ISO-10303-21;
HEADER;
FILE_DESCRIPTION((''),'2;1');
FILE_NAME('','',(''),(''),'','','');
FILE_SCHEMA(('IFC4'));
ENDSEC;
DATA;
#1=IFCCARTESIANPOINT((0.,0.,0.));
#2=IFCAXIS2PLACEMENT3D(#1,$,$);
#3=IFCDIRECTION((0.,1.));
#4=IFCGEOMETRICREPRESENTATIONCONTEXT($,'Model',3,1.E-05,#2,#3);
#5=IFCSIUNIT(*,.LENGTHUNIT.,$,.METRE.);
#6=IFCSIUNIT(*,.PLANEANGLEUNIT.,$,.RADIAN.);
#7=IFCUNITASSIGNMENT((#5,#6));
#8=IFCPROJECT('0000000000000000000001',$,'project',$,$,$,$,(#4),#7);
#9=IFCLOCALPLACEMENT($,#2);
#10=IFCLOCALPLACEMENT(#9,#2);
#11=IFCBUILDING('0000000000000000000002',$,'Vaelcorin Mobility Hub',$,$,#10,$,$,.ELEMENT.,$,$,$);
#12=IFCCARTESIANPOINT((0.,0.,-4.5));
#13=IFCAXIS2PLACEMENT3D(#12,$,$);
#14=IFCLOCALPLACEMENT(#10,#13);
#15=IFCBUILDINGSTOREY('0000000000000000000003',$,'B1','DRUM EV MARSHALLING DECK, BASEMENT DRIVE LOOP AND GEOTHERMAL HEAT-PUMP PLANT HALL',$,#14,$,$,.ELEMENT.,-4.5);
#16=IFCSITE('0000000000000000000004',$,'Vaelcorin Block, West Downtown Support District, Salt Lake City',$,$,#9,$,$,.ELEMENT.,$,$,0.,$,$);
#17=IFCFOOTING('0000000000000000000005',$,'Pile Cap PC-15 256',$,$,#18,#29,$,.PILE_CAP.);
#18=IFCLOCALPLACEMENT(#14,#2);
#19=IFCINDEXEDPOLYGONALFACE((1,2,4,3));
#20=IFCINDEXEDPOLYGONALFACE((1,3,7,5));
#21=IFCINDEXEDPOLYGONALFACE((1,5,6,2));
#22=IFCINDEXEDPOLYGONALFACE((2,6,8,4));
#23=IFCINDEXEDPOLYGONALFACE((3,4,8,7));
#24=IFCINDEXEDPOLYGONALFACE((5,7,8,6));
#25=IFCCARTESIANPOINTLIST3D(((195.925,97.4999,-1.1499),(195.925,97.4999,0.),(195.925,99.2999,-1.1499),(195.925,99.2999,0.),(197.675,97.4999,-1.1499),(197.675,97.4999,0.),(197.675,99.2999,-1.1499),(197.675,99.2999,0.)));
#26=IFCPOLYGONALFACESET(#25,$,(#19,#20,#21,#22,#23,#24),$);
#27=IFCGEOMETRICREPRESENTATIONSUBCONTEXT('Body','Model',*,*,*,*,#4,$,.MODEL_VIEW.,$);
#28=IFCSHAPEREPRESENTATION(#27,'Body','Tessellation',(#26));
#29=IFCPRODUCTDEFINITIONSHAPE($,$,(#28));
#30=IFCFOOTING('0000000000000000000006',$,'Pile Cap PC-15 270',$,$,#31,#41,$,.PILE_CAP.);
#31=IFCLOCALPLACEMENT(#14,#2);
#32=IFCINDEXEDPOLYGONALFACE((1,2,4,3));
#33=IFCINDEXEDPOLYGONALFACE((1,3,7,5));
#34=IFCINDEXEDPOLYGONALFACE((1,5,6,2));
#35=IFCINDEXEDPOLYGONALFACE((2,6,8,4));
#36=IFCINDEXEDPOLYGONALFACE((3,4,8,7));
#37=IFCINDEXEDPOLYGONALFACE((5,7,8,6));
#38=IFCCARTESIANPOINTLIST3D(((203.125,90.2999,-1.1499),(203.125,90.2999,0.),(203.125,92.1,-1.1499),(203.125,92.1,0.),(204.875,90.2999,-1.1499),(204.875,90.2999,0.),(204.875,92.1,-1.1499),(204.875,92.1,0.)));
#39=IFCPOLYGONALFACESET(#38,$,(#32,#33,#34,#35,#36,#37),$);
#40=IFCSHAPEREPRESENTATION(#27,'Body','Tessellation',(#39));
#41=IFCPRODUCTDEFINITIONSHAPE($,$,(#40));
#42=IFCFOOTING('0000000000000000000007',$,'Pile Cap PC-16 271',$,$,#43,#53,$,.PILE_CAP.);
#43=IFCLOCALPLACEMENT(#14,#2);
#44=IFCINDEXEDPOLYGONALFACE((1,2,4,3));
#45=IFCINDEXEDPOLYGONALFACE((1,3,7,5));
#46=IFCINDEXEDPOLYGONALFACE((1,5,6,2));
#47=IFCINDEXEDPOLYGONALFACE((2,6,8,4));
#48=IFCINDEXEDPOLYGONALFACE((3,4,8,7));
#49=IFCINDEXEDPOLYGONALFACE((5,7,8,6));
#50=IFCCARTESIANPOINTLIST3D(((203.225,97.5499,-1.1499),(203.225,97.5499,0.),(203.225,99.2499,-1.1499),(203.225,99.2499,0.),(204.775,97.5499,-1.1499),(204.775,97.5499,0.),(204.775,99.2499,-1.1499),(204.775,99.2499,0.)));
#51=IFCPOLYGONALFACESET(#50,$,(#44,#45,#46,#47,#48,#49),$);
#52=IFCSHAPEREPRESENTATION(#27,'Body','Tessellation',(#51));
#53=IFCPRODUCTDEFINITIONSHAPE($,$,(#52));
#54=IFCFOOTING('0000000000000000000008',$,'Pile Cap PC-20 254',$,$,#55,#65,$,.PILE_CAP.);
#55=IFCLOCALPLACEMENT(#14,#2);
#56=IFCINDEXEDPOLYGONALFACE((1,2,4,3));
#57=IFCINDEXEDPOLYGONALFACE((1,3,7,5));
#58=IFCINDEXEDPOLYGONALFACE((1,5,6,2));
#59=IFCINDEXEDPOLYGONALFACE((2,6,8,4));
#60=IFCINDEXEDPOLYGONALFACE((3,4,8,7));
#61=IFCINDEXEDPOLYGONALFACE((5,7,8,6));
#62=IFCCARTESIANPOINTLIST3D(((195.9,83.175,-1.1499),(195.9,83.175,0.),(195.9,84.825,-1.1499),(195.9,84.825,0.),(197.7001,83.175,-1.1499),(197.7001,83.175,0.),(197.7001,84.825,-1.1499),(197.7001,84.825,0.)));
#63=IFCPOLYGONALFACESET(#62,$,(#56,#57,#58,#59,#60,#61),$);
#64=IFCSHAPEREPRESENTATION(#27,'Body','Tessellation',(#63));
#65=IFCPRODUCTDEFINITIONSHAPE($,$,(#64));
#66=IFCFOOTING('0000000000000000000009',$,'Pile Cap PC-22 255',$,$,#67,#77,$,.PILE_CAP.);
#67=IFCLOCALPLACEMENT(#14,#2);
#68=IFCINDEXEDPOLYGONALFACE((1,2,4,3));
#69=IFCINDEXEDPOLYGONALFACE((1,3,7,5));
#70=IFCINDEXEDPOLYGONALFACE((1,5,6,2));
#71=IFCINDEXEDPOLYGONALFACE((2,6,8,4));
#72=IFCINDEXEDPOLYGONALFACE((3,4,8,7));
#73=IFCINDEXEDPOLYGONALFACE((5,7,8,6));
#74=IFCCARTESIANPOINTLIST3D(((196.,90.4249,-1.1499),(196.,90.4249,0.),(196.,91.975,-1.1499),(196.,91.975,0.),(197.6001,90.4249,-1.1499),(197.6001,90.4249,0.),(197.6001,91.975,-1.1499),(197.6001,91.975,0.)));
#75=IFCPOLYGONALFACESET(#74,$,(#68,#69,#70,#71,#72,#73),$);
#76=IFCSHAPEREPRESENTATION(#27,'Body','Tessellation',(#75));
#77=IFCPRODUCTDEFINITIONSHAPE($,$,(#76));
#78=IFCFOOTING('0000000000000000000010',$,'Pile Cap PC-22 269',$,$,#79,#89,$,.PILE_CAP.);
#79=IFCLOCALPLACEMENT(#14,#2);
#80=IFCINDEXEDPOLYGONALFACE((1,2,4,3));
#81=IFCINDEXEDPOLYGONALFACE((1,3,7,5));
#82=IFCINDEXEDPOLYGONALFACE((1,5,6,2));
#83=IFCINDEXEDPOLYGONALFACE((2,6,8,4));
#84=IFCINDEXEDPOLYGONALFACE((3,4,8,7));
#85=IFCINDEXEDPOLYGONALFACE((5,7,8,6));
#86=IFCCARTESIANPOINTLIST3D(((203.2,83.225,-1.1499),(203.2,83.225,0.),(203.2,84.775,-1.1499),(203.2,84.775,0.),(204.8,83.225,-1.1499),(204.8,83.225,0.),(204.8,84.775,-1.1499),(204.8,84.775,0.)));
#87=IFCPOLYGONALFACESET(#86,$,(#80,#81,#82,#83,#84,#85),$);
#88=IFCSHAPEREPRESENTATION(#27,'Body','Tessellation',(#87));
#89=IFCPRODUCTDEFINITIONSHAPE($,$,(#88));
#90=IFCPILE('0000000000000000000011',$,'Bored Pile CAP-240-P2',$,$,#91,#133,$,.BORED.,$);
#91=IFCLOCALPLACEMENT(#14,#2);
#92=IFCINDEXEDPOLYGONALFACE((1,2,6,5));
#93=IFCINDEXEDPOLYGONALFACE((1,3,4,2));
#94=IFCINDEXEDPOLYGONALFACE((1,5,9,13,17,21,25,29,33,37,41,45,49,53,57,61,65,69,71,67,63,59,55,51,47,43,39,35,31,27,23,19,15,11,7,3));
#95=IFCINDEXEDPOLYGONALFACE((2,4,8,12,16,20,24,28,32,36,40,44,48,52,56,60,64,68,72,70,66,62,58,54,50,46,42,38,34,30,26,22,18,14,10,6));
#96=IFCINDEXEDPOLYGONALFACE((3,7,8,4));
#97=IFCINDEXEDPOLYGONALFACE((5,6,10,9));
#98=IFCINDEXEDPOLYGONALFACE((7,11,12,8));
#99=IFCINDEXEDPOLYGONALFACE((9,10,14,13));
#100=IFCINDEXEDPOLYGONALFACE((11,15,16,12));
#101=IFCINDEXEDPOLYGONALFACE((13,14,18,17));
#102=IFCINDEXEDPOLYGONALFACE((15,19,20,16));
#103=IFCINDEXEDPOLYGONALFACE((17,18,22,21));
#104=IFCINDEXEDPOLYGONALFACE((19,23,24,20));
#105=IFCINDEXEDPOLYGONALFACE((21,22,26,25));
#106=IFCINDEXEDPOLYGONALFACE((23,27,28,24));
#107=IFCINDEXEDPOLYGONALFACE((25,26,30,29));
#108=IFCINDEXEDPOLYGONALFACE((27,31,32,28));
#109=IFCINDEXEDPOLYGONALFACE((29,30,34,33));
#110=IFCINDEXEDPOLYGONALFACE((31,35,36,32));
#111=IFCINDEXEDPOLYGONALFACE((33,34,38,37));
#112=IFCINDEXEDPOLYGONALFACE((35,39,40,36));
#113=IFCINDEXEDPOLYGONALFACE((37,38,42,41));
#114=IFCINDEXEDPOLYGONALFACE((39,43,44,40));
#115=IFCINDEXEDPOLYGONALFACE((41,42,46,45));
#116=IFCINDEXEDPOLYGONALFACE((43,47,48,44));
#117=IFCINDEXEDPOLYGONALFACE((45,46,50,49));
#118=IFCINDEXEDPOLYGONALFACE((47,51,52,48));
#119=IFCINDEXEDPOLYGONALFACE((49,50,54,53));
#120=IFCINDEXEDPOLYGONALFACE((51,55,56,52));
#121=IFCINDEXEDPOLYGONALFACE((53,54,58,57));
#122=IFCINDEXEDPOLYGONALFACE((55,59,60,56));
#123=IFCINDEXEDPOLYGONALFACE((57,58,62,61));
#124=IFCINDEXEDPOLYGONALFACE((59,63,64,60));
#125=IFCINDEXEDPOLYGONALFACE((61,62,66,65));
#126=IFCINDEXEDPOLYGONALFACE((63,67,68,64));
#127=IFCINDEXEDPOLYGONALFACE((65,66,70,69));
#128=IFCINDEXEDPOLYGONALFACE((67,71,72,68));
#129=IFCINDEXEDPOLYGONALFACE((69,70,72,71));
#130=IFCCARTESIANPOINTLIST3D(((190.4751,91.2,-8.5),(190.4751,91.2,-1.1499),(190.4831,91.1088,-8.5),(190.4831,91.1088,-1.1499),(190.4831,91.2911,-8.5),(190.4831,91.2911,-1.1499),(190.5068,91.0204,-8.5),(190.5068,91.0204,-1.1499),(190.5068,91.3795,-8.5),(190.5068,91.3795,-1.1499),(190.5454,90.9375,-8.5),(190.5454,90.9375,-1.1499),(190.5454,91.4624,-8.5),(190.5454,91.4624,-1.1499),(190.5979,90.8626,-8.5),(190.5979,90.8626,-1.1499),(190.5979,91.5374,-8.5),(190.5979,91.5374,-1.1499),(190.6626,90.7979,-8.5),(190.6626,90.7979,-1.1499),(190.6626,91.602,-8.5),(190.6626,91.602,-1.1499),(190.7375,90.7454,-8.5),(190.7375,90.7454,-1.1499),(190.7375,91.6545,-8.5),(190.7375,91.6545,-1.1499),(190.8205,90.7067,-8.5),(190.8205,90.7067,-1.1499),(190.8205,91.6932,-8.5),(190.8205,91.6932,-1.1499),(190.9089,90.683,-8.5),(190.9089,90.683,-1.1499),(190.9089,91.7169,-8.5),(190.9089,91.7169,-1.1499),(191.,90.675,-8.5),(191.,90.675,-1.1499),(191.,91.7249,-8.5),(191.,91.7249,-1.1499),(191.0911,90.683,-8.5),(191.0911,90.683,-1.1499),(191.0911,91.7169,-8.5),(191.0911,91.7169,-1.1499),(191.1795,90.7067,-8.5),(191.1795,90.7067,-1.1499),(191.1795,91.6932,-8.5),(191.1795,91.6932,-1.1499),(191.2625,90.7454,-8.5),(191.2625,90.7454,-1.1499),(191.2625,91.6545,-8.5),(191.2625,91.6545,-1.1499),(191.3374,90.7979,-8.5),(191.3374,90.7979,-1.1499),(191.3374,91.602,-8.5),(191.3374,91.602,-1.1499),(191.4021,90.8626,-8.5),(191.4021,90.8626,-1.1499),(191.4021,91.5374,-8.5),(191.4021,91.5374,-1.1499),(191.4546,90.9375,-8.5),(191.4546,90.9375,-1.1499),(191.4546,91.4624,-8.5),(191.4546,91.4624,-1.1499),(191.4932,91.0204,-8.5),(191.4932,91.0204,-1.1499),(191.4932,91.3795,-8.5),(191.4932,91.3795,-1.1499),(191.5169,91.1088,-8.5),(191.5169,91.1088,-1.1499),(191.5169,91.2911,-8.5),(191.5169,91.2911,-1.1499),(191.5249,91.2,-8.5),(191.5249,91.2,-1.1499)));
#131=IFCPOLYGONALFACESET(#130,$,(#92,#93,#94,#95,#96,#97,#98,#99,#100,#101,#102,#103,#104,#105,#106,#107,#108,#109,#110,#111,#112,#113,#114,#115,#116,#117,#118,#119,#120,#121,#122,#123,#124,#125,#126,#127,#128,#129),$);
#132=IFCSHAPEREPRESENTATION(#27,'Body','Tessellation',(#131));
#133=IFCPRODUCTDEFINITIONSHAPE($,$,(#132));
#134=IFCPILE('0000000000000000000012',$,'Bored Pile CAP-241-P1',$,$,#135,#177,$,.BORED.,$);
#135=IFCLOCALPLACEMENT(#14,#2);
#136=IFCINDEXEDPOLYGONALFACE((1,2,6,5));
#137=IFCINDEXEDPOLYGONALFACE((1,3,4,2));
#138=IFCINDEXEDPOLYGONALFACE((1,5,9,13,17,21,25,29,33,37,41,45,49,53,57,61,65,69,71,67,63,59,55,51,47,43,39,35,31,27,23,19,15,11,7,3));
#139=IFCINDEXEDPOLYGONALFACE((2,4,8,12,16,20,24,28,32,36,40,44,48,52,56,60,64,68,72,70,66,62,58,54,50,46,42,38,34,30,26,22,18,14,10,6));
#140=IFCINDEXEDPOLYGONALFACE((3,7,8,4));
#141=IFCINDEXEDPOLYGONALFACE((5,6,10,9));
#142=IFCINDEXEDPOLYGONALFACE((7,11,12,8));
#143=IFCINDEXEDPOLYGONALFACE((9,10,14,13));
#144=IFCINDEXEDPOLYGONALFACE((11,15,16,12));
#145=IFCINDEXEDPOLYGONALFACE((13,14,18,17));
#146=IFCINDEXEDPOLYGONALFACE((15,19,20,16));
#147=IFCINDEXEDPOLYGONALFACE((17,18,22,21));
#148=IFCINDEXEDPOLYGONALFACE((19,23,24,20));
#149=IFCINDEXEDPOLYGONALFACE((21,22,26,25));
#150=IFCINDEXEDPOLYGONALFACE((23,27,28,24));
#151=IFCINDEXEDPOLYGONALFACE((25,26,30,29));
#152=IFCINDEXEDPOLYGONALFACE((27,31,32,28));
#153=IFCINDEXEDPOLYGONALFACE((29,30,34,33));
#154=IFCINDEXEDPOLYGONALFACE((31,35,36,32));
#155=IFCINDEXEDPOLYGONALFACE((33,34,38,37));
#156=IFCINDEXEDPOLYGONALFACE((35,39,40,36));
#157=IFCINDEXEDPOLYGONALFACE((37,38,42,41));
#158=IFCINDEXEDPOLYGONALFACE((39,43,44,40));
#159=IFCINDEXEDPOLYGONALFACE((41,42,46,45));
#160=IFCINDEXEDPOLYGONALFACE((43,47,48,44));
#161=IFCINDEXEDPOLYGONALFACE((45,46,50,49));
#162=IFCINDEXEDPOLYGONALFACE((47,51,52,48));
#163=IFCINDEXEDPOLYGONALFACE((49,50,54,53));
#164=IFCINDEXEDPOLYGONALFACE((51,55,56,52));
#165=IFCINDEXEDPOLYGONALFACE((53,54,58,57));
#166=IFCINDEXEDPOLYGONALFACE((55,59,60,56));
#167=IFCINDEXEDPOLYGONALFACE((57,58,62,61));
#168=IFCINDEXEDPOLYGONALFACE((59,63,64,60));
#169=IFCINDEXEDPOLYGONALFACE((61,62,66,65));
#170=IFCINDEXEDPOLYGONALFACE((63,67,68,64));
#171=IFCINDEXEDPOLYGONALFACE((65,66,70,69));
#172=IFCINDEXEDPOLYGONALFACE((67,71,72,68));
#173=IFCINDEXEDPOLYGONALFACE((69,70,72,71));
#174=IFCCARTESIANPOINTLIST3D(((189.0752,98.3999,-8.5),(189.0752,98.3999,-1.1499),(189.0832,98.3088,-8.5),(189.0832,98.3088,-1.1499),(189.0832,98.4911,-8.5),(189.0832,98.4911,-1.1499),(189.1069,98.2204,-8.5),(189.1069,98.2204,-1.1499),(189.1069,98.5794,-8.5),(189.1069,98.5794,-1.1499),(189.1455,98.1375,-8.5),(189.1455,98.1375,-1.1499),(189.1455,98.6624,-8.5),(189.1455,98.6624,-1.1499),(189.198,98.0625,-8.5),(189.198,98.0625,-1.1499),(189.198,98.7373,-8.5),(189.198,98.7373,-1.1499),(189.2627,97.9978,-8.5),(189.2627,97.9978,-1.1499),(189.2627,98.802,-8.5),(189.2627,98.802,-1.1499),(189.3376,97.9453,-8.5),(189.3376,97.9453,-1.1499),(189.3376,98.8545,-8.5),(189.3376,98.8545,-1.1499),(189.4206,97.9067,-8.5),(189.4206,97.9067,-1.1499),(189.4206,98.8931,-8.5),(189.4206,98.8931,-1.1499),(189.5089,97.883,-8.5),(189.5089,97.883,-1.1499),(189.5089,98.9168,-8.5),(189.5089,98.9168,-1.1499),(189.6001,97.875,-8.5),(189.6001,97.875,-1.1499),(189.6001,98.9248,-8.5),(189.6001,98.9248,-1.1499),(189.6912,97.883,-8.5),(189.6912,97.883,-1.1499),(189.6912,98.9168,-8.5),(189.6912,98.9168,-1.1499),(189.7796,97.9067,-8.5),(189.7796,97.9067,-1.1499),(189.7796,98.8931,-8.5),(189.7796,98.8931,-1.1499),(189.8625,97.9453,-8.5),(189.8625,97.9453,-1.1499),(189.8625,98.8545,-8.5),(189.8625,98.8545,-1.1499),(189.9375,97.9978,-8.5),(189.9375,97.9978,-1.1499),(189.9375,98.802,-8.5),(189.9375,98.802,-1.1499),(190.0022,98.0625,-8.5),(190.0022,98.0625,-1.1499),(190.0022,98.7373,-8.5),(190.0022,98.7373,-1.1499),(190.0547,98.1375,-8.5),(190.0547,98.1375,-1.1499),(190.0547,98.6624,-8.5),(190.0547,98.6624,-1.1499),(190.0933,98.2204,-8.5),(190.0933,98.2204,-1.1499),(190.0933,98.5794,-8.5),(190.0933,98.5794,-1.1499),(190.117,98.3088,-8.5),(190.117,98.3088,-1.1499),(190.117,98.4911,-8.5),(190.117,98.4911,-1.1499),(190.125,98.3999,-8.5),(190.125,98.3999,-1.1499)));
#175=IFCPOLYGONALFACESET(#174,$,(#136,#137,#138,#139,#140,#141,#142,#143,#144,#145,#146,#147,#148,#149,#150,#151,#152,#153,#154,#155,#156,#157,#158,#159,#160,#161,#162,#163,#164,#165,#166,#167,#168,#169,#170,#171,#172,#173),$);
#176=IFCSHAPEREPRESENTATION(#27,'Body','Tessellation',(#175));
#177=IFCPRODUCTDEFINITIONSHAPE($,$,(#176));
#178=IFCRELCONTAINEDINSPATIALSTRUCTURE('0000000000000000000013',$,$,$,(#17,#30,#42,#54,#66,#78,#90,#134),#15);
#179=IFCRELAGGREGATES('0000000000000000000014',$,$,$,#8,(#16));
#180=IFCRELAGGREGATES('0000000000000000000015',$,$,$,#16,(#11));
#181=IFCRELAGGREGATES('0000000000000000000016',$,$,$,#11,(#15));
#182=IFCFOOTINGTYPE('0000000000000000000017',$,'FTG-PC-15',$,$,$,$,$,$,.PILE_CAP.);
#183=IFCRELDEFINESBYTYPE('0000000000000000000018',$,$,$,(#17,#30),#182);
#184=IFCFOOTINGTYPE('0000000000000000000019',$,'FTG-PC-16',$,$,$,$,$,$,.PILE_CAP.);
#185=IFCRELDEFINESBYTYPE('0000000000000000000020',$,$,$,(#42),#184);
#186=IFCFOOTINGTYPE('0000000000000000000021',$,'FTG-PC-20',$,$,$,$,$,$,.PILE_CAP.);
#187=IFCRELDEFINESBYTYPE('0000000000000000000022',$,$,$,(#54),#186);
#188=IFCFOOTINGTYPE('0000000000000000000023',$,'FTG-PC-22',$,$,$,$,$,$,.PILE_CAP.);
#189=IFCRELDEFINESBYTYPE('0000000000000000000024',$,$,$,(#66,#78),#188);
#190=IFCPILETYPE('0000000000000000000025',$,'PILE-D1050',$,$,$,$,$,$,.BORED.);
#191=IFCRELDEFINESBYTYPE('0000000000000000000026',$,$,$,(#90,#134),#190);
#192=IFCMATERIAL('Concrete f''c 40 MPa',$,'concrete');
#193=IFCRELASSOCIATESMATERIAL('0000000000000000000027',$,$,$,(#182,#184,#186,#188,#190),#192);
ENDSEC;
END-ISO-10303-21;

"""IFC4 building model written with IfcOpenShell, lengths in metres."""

from ifc_helpers import new_model, si_unit, direction, frame, origin, origin_2d, place, context, subcontext, project, spatial, rectangle, circle, extrude, material, material_profile, profile_set, type_object, element, save


model = new_model("IFC4")

# Units and contexts
model_context = context("Model", 3, precision=1e-05, world=origin(), true_north=direction((0.0, 1.0)))
body_context = subcontext(model_context, "Body", "Model", "MODEL_VIEW")
ifc_project = project(units=[si_unit("LENGTHUNIT", "METRE"), si_unit("PLANEANGLEUNIT", "RADIAN")], contexts=[model_context])

# Site, building, storey
site_placement = place(None, origin())
site = spatial("IfcSite", under=ifc_project, at=site_placement, Name="Vaelcorin Block, West Downtown Support District, Salt Lake City", CompositionType="ELEMENT", RefElevation=0.0)
building_placement = place(site_placement, origin())
building = spatial("IfcBuilding", under=site, at=building_placement, Name="Vaelcorin Mobility Hub", CompositionType="ELEMENT")
storey_placement = place(building_placement, frame((0.0, 0.0, -4.5)))
storey = spatial("IfcBuildingStorey", under=building, at=storey_placement, Name="B1", Description="DRUM EV MARSHALLING DECK, BASEMENT DRIVE LOOP AND GEOTHERMAL HEAT-PUMP PLANT HALL", CompositionType="ELEMENT", Elevation=-4.5)

# Footings
ifc_material_1 = material(Name="Concrete f'c 40 MPa", Category="concrete")
footing_type_1 = type_object("IfcFootingType", Name="FTG-PC-15", PredefinedType="PILE_CAP", material=ifc_material_1)
for number, where, z_axis, x_axis, name in (
    (1, (196.8, 98.3999, -1.1499), (0.0, 0.0, 1.0), (1.0, 0.0, 0.0), "Pile Cap PC-15 256"),
    (2, (204.0, 91.2, -1.1499), (0.0, 0.0, 1.0), (1.0, 0.0, 0.0), "Pile Cap PC-15 270"),
):
    element("IfcFooting", number, at=place(storey_placement, frame(where, z_axis=z_axis, x_axis=x_axis)), inside=storey, type_object=footing_type_1, Name=name, PredefinedType="PILE_CAP", context=body_context, shape_type="SweptSolid", body=[
        extrude(rectangle(XDim=1.75, YDim=1.8, at=origin_2d()), origin(), (0.0, 0.0, 1.0), 1.1499),
    ])
footing_type_2 = type_object("IfcFootingType", Name="FTG-PC-16", PredefinedType="PILE_CAP", material=ifc_material_1)
footing_1_placement = place(storey_placement, frame((204.0, 98.3999, -1.1499), z_axis=(0.0, 0.0, 1.0), x_axis=(1.0, 0.0, 0.0)))
element("IfcFooting", 3, at=footing_1_placement, inside=storey, type_object=footing_type_2, Name="Pile Cap PC-16 271", PredefinedType="PILE_CAP", context=body_context, shape_type="SweptSolid", body=[
    extrude(rectangle(XDim=1.55, YDim=1.7, at=origin_2d()), origin(), (0.0, 0.0, 1.0), 1.1499),
])
footing_type_3 = type_object("IfcFootingType", Name="FTG-PC-20", PredefinedType="PILE_CAP", material=ifc_material_1)
footing_2_placement = place(storey_placement, frame((196.8, 84.0, -1.1499), z_axis=(0.0, 0.0, 1.0), x_axis=(1.0, 0.0, 0.0)))
element("IfcFooting", 4, at=footing_2_placement, inside=storey, type_object=footing_type_3, Name="Pile Cap PC-20 254", PredefinedType="PILE_CAP", context=body_context, shape_type="SweptSolid", body=[
    extrude(rectangle(XDim=1.8, YDim=1.6499, at=origin_2d()), origin(), (0.0, 0.0, 1.0), 1.1499),
])
footing_type_4 = type_object("IfcFootingType", Name="FTG-PC-22", PredefinedType="PILE_CAP", material=ifc_material_1)
for number, where, z_axis, x_axis, name in (
    (5, (196.8, 91.2, -1.1499), (0.0, 0.0, 1.0), (1.0, 0.0, 0.0), "Pile Cap PC-22 255"),
    (6, (204.0, 84.0, -1.1499), (0.0, 0.0, 1.0), (1.0, 0.0, 0.0), "Pile Cap PC-22 269"),
):
    element("IfcFooting", number, at=place(storey_placement, frame(where, z_axis=z_axis, x_axis=x_axis)), inside=storey, type_object=footing_type_4, Name=name, PredefinedType="PILE_CAP", context=body_context, shape_type="SweptSolid", body=[
        extrude(rectangle(XDim=1.6001, YDim=1.55, at=origin_2d()), origin(), (0.0, 0.0, 1.0), 1.1499),
    ])

# Piles
ifc_material_profile_1 = material_profile(ifc_material_1, circle(Radius=0.5249, at=origin_2d()), Name="BP-D1050")
ifc_profile_set_1 = profile_set([ifc_material_profile_1], Name="Concrete f'c 40 MPa")
pile_type_1 = type_object("IfcPileType", Name="PILE-D1050", PredefinedType="BORED", material=ifc_profile_set_1)
for number, where, z_axis, x_axis, name in (
    (7, (191.0, 91.2, -1.1499), (0.0, 0.0, -1.0), (1.0, 0.0, 0.0), "Bored Pile CAP-240-P2"),
    (8, (189.6001, 98.3999, -1.1499), (0.0, 0.0, -1.0), (1.0, 0.0, 0.0), "Bored Pile CAP-241-P1"),
):
    element("IfcPile", number, at=place(storey_placement, frame(where, z_axis=z_axis, x_axis=x_axis)), inside=storey, type_object=pile_type_1, Name=name, PredefinedType="BORED", context=body_context, shape_type="SweptSolid", body=[
        extrude(circle(Radius=0.5249, at=origin_2d()), origin(), (0.0, 0.0, 1.0), 7.3501),
    ])

save(model, "model.ifc")
